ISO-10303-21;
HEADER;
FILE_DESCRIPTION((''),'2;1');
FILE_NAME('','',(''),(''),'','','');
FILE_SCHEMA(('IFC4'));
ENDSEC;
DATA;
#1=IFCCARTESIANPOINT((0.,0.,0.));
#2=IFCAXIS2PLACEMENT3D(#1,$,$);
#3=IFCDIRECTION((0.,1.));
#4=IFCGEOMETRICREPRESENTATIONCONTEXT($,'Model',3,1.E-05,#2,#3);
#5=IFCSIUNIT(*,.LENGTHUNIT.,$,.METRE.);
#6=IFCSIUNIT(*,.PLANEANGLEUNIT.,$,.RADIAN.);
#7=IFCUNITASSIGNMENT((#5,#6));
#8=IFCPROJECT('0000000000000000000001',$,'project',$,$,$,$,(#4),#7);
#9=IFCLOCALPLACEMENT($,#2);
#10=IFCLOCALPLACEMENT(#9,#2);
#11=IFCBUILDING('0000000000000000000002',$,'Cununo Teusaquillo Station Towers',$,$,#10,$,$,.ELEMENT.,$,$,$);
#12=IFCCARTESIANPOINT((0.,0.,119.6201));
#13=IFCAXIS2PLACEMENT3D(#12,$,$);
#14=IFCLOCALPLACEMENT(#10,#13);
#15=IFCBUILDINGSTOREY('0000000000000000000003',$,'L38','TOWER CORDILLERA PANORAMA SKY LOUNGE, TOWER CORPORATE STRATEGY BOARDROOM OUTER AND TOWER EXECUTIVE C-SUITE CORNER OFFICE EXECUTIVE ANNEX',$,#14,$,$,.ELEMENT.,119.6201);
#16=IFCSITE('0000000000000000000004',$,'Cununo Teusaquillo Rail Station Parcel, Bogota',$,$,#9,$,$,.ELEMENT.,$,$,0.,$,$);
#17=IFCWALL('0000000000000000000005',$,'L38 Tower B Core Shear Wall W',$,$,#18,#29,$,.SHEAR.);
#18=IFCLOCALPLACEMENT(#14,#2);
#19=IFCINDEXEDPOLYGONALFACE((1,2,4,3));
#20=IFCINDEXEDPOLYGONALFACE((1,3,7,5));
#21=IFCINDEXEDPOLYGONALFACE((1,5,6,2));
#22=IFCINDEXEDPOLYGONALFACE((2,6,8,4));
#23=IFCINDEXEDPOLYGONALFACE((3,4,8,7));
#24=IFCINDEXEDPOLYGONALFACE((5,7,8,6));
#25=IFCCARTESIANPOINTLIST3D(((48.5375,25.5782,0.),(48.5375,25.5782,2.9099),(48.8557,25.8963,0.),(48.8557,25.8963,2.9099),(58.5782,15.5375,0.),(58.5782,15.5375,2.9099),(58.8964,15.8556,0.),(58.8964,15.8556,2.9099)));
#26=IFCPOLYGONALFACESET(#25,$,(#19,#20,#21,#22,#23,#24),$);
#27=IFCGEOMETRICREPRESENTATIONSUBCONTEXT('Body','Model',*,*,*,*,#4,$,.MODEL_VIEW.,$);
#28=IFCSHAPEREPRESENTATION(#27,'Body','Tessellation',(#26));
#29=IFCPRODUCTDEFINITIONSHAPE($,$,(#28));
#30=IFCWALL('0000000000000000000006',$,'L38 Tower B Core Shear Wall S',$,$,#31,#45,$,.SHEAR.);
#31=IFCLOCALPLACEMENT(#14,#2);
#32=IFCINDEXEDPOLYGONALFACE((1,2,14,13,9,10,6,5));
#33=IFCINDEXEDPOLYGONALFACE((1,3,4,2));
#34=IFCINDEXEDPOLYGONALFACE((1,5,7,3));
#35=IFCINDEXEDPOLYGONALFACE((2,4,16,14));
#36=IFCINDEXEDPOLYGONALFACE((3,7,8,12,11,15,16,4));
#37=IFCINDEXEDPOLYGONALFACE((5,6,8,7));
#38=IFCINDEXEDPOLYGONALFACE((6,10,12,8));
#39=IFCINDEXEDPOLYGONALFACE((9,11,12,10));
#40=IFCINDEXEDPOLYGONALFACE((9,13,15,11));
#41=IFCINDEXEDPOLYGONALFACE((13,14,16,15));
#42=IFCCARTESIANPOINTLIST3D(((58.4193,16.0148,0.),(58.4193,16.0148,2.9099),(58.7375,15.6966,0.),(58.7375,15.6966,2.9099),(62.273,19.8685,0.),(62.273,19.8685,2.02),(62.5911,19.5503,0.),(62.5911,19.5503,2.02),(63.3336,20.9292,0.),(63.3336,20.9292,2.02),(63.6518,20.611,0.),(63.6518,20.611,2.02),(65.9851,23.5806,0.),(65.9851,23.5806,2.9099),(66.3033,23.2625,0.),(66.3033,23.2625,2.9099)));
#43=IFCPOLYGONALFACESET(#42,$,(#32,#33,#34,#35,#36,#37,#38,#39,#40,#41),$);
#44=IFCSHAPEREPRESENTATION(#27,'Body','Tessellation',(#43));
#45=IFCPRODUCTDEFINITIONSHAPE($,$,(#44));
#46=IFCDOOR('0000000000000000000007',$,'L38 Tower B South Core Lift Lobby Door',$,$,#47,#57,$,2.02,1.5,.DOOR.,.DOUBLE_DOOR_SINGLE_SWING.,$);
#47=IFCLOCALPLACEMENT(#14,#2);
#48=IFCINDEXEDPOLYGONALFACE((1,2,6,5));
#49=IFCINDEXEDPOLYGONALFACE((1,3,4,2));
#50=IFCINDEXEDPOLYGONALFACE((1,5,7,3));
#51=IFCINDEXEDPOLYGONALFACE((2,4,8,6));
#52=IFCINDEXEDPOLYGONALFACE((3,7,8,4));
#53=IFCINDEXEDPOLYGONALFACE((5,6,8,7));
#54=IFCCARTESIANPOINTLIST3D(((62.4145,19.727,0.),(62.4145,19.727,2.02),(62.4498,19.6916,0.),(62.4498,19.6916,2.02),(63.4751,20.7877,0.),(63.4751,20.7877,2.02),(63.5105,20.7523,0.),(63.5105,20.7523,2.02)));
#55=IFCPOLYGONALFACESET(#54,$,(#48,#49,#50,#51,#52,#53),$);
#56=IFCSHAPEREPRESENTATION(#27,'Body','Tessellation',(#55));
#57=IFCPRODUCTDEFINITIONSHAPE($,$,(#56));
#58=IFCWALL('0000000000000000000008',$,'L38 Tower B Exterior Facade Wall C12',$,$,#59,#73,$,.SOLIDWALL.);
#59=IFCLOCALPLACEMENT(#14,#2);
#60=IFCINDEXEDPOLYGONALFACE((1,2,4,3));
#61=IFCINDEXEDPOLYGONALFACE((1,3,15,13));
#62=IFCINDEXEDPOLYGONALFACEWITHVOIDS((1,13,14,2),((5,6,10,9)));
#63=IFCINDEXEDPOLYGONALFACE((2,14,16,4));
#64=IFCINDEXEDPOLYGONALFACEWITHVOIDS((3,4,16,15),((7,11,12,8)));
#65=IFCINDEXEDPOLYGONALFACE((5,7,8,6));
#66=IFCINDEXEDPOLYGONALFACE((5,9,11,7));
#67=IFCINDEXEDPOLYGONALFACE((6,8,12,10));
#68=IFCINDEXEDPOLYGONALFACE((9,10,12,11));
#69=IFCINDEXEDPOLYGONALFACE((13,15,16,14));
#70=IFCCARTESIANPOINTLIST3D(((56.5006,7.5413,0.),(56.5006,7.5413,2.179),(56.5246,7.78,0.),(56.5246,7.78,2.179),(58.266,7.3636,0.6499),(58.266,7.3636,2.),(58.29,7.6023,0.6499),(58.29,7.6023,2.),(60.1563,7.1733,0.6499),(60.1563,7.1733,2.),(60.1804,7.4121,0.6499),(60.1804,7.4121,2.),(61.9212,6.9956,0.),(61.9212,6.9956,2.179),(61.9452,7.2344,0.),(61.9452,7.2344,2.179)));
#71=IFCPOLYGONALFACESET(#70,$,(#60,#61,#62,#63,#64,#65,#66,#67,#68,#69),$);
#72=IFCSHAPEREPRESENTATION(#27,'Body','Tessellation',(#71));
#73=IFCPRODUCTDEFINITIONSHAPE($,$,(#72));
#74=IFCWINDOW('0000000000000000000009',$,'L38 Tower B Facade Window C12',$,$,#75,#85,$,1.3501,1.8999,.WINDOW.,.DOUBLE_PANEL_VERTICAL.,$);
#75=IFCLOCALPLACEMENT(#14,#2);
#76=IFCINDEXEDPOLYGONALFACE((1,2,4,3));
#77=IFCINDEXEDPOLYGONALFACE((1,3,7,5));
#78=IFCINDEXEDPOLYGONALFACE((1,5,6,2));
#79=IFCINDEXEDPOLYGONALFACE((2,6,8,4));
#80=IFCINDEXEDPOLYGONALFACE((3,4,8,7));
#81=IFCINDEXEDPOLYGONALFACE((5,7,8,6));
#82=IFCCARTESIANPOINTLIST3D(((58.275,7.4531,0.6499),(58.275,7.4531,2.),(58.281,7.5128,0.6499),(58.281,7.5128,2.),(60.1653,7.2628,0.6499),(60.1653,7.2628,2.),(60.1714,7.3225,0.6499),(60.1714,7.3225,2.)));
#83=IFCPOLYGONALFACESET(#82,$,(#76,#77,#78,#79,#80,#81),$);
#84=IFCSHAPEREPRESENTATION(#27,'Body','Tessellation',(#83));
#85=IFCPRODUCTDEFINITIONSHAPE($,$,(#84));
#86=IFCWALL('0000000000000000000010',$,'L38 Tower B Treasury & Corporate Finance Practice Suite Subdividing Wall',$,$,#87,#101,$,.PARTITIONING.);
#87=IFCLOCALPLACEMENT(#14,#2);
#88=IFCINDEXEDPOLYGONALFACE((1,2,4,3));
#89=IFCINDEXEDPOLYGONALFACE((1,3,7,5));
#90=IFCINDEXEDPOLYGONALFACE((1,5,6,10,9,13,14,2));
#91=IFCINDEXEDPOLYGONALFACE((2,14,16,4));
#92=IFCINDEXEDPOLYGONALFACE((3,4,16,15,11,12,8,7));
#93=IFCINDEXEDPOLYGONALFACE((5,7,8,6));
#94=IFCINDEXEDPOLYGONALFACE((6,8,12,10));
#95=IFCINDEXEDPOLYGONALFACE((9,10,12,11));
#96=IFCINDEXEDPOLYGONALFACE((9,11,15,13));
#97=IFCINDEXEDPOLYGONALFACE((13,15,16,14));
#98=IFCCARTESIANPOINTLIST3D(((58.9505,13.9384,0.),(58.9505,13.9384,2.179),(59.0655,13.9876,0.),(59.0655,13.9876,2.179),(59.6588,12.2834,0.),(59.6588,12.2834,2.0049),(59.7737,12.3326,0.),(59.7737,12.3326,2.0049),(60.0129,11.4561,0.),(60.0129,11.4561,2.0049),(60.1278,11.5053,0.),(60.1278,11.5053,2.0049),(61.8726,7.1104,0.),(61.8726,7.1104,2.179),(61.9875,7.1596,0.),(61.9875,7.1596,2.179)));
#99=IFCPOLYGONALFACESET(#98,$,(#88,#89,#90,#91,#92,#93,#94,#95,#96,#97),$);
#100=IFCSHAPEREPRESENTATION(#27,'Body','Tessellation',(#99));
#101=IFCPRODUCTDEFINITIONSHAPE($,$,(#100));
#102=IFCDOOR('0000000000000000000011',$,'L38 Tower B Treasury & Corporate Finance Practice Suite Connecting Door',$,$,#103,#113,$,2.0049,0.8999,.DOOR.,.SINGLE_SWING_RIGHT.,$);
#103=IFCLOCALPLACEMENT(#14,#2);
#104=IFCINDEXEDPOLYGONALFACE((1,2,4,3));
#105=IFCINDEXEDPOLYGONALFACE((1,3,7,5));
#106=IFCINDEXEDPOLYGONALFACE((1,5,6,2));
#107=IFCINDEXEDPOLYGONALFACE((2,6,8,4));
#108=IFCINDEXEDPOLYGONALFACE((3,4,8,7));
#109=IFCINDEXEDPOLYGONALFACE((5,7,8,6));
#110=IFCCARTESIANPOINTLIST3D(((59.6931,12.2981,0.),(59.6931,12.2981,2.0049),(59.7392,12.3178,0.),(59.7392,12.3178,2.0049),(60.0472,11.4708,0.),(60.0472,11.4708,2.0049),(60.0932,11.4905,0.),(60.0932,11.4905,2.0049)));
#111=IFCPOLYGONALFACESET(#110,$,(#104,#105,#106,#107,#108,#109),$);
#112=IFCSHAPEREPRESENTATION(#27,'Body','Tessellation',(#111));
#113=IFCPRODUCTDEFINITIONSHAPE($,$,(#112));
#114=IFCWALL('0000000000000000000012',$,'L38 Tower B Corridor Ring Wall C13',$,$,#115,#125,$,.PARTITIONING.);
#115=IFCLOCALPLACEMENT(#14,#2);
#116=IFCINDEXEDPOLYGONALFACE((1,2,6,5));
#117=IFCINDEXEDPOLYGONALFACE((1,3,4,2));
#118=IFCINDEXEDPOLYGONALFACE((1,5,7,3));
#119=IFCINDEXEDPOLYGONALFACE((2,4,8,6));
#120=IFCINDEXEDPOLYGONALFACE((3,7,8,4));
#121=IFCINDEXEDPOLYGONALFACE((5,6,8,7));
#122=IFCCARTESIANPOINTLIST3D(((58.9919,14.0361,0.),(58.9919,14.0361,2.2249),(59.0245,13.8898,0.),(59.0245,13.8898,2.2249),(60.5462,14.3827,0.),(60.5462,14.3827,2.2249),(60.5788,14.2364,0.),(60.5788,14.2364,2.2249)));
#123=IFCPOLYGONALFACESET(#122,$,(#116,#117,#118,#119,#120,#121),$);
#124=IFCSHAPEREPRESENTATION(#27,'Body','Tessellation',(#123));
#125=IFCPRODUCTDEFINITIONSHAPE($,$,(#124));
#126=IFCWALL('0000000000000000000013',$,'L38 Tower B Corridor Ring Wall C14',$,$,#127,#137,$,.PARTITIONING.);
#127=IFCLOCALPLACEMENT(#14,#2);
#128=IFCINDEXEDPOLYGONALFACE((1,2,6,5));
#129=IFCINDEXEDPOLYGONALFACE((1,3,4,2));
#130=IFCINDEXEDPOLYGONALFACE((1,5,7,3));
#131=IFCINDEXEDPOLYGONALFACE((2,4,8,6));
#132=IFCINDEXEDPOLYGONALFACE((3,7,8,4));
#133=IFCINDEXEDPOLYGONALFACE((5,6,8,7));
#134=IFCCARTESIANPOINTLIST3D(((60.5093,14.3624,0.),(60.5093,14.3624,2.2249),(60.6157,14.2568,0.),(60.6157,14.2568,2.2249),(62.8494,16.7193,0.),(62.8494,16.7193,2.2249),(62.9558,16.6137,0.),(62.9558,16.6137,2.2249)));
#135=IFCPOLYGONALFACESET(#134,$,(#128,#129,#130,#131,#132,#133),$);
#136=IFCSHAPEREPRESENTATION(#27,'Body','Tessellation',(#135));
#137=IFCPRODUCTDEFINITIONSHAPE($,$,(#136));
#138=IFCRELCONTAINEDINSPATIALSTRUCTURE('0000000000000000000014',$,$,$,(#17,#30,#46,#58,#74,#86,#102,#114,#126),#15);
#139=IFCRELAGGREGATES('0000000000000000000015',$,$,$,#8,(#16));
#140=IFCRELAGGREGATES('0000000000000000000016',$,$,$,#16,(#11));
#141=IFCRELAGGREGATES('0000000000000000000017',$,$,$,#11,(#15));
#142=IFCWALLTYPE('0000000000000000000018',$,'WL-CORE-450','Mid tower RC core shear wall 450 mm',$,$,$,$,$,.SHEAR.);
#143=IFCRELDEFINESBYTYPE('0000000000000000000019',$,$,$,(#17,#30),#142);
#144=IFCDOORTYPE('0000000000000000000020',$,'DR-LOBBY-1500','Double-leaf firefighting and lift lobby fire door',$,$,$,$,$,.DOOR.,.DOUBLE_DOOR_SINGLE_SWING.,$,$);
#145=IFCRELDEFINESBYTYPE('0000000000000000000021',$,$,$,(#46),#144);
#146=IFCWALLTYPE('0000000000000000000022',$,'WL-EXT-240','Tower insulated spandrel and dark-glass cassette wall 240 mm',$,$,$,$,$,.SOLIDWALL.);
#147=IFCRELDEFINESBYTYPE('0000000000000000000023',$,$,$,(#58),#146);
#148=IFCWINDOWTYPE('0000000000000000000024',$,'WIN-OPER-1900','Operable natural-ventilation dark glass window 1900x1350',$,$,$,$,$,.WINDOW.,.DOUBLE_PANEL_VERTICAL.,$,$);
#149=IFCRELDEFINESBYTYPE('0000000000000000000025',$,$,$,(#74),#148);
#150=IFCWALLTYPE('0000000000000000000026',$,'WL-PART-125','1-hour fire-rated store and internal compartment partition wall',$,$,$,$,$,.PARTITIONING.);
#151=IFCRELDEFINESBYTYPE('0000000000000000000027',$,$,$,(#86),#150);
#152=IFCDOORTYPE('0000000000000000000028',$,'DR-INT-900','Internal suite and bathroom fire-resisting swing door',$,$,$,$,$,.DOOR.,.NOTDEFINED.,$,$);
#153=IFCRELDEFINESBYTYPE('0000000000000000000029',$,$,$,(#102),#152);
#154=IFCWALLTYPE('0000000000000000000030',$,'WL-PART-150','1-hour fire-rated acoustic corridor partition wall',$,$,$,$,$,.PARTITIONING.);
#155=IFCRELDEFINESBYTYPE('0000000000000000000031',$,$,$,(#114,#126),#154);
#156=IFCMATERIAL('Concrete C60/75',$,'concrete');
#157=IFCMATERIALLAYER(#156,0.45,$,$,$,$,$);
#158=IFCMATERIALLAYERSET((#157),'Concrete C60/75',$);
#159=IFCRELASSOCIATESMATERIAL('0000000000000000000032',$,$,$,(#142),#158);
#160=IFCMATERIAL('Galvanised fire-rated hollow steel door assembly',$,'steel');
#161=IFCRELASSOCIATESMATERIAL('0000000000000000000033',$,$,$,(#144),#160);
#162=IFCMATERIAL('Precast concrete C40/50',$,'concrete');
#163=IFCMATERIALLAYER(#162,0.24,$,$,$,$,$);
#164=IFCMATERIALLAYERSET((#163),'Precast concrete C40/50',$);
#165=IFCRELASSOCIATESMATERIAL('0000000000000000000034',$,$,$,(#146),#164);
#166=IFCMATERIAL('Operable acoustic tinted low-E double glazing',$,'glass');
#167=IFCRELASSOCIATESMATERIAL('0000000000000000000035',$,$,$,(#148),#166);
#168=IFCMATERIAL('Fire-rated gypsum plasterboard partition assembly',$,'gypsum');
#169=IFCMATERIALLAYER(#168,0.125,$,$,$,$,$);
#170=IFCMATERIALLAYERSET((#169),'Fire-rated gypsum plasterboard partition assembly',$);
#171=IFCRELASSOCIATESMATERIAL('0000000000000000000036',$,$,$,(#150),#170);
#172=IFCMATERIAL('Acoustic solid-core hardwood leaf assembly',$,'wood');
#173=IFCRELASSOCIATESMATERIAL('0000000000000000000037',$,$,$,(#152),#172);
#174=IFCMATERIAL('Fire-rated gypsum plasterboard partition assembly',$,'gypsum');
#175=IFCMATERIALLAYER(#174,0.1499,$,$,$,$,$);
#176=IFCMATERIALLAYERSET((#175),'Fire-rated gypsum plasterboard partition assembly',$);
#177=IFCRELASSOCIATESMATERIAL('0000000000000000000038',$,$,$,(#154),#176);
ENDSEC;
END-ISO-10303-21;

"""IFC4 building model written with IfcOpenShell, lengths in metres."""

from ifc_helpers import new_model, si_unit, direction, frame, frame_2d, origin, place, context, subcontext, project, spatial, rectangle, extrude, source, transform, mapped, material, layer, layer_set, type_object, element, fill, save


model = new_model("IFC4")

# Units and contexts
model_context = context("Model", 3, precision=1e-05, world=origin(), true_north=direction((0.0, 1.0)))
body_context = subcontext(model_context, "Body", "Model", "MODEL_VIEW")
ifc_project = project(units=[si_unit("LENGTHUNIT", "METRE"), si_unit("PLANEANGLEUNIT", "RADIAN")], contexts=[model_context])

# Site, building, storey
site_placement = place(None, origin())
site = spatial("IfcSite", under=ifc_project, at=site_placement, Name="Cununo Teusaquillo Rail Station Parcel, Bogota", CompositionType="ELEMENT", RefElevation=0.0)
building_placement = place(site_placement, origin())
building = spatial("IfcBuilding", under=site, at=building_placement, Name="Cununo Teusaquillo Station Towers", CompositionType="ELEMENT")
storey_placement = place(building_placement, frame((0.0, 0.0, 119.6201)))
storey = spatial("IfcBuildingStorey", under=building, at=storey_placement, Name="L38", Description="TOWER CORDILLERA PANORAMA SKY LOUNGE, TOWER CORPORATE STRATEGY BOARDROOM OUTER AND TOWER EXECUTIVE C-SUITE CORNER OFFICE EXECUTIVE ANNEX", CompositionType="ELEMENT", Elevation=119.6201)

# Wall
ifc_material_1 = material(Name="Concrete C60/75", Category="concrete")
ifc_layer_1 = layer(ifc_material_1, 0.45)
ifc_layer_set_1 = layer_set([ifc_layer_1], Name="Concrete C60/75")
wall_type_1 = type_object("IfcWallType", Name="WL-CORE-450", Description="Mid tower RC core shear wall 450 mm", PredefinedType="SHEAR", material=ifc_layer_set_1)
wall_1_placement = place(storey_placement, frame((58.7373, 15.6965, 0.0), z_axis=(0.0, 0.0, 1.0), x_axis=(-0.707107, 0.707107, 0.0)))
element("IfcWall", 1, at=wall_1_placement, inside=storey, type_object=wall_type_1, Name="L38 Tower B Core Shear Wall W", PredefinedType="SHEAR", context=body_context, shape_type="SweptSolid", body=[
    extrude(rectangle(XDim=14.1997, YDim=0.45, at=frame_2d((7.0999, 0.0))), origin(), (0.0, 0.0, 1.0), 2.9099),
])

# Wall, opening, door
wall_2_placement = place(storey_placement, frame((58.5784, 15.8557, 0.0), z_axis=(0.0, 0.0, 1.0), x_axis=(0.707107, 0.707107, 0.0)))
wall_2 = element("IfcWall", 2, at=wall_2_placement, inside=storey, type_object=wall_type_1, Name="L38 Tower B Core Shear Wall S", PredefinedType="SHEAR", context=body_context, shape_type="SweptSolid", body=[
    extrude(rectangle(XDim=10.6997, YDim=0.45, at=frame_2d((5.3499, 0.0))), origin(), (0.0, 0.0, 1.0), 2.9099),
])
shared_shape_1 = source(origin(), body_context, "Body", "SweptSolid", [
    extrude(rectangle(XDim=1.5, YDim=2.02, at=frame_2d((0.75, 1.01))), frame((0.0, 0.2349, 0.0), z_axis=(0.0, -1.0, 0.0), x_axis=(1.0, 0.0, 0.0)), (0.0, 0.0, 1.0), 0.47),
])
opening_1_placement = place(wall_2_placement, frame((5.45, 0.0, 0.0)))
opening_1 = element("IfcOpeningElement", 3, at=opening_1_placement, cuts=wall_2, PredefinedType="OPENING", context=body_context, shape_type="MappedRepresentation", body=[
    mapped(shared_shape_1, transform((0.0, 0.0, 0.0), x_axis=(1.0, 0.0, 0.0), y_axis=(0.0, 1.0, 0.0), z_axis=(0.0, 0.0, 1.0), scale=1.0)),
])
ifc_material_2 = material(Name="Galvanised fire-rated hollow steel door assembly", Category="steel")
door_type_1 = type_object("IfcDoorType", Name="DR-LOBBY-1500", Description="Double-leaf firefighting and lift lobby fire door", OperationType="DOUBLE_DOOR_SINGLE_SWING", PredefinedType="DOOR", material=ifc_material_2)
shared_shape_2 = source(origin(), body_context, "Body", "SweptSolid", [
    extrude(rectangle(XDim=1.5, YDim=2.02, at=frame_2d((0.75, 1.01))), frame((0.0, 0.0249, 0.0), z_axis=(0.0, -1.0, 0.0), x_axis=(1.0, 0.0, 0.0)), (0.0, 0.0, 1.0), 0.05),
])
door_1_placement = place(opening_1_placement, origin())
door_1 = element("IfcDoor", 4, at=door_1_placement, inside=storey, type_object=door_type_1, Name="L38 Tower B South Core Lift Lobby Door", OperationType="DOUBLE_DOOR_SINGLE_SWING", OverallHeight=2.02, OverallWidth=1.5, PredefinedType="DOOR", context=body_context, shape_type="MappedRepresentation", body=[
    mapped(shared_shape_2, transform((0.0, 0.0, 0.0), x_axis=(1.0, 0.0, 0.0), y_axis=(0.0, 1.0, 0.0), z_axis=(0.0, 0.0, 1.0), scale=1.0)),
])
fill(opening_1, door_1)

# Wall, opening, window
ifc_material_3 = material(Name="Precast concrete C40/50", Category="concrete")
ifc_layer_2 = layer(ifc_material_3, 0.24)
ifc_layer_set_2 = layer_set([ifc_layer_2], Name="Precast concrete C40/50")
wall_type_2 = type_object("IfcWallType", Name="WL-EXT-240", Description="Tower insulated spandrel and dark-glass cassette wall 240 mm", PredefinedType="SOLIDWALL", material=ifc_layer_set_2)
wall_3_placement = place(storey_placement, frame((61.9333, 7.115, 0.0), z_axis=(0.0, 0.0, 1.0), x_axis=(-0.994972, 0.100156, 0.0)))
wall_3 = element("IfcWall", 5, at=wall_3_placement, inside=storey, type_object=wall_type_2, Name="L38 Tower B Exterior Facade Wall C12", PredefinedType="SOLIDWALL", context=body_context, shape_type="SweptSolid", body=[
    extrude(rectangle(XDim=5.448, YDim=0.24, at=frame_2d((2.7241, 0.0))), origin(), (0.0, 0.0, 1.0), 2.179),
])
shared_shape_3 = source(origin(), body_context, "Body", "SweptSolid", [
    extrude(rectangle(XDim=1.8999, YDim=1.3501, at=frame_2d((0.95, 0.675))), frame((0.0, 0.1299, 0.0), z_axis=(0.0, -1.0, 0.0), x_axis=(1.0, 0.0, 0.0)), (0.0, 0.0, 1.0), 0.26),
])
opening_2_placement = place(wall_3_placement, frame((1.7739, 0.0, 0.6499)))
opening_2 = element("IfcOpeningElement", 6, at=opening_2_placement, cuts=wall_3, PredefinedType="OPENING", context=body_context, shape_type="MappedRepresentation", body=[
    mapped(shared_shape_3, transform((0.0, 0.0, 0.0), x_axis=(1.0, 0.0, 0.0), y_axis=(0.0, 1.0, 0.0), z_axis=(0.0, 0.0, 1.0), scale=1.0)),
])
ifc_material_4 = material(Name="Operable acoustic tinted low-E double glazing", Category="glass")
window_type = type_object("IfcWindowType", Name="WIN-OPER-1900", Description="Operable natural-ventilation dark glass window 1900x1350", PartitioningType="DOUBLE_PANEL_VERTICAL", PredefinedType="WINDOW", material=ifc_material_4)
shared_shape_4 = source(origin(), body_context, "Body", "SweptSolid", [
    extrude(rectangle(XDim=1.8999, YDim=1.3501, at=frame_2d((0.95, 0.675))), frame((0.0, 0.03, 0.0), z_axis=(0.0, -1.0, 0.0), x_axis=(1.0, 0.0, 0.0)), (0.0, 0.0, 1.0), 0.0601),
])
window_placement = place(opening_2_placement, origin())
window = element("IfcWindow", 7, at=window_placement, inside=storey, type_object=window_type, Name="L38 Tower B Facade Window C12", OverallHeight=1.3501, OverallWidth=1.8999, PartitioningType="DOUBLE_PANEL_VERTICAL", PredefinedType="WINDOW", context=body_context, shape_type="MappedRepresentation", body=[
    mapped(shared_shape_4, transform((0.0, 0.0, 0.0), x_axis=(1.0, 0.0, 0.0), y_axis=(0.0, 1.0, 0.0), z_axis=(0.0, 0.0, 1.0), scale=1.0)),
])
fill(opening_2, window)

# Wall, opening, door
ifc_material_5 = material(Name="Fire-rated gypsum plasterboard partition assembly", Category="gypsum")
ifc_layer_3 = layer(ifc_material_5, 0.125)
ifc_layer_set_3 = layer_set([ifc_layer_3], Name="Fire-rated gypsum plasterboard partition assembly")
wall_type_3 = type_object("IfcWallType", Name="WL-PART-125", Description="1-hour fire-rated store and internal compartment partition wall", PredefinedType="PARTITIONING", material=ifc_layer_set_3)
wall_4_placement = place(storey_placement, frame((59.0081, 13.9629, 0.0), z_axis=(0.0, 0.0, 1.0), x_axis=(0.393439, -0.919351, 0.0)))
wall_4 = element("IfcWall", 8, at=wall_4_placement, inside=storey, type_object=wall_type_3, Name="L38 Tower B Treasury & Corporate Finance Practice Suite Subdividing Wall", PredefinedType="PARTITIONING", context=body_context, shape_type="SweptSolid", body=[
    extrude(rectangle(XDim=7.427, YDim=0.125, at=frame_2d((3.7134, 0.0))), origin(), (0.0, 0.0, 1.0), 2.179),
])
shared_shape_5 = source(origin(), body_context, "Body", "SweptSolid", [
    extrude(rectangle(XDim=0.8999, YDim=2.0049, at=frame_2d((0.45, 1.0024))), frame((0.0, 0.0725, 0.0), z_axis=(0.0, -1.0, 0.0), x_axis=(1.0, 0.0, 0.0)), (0.0, 0.0, 1.0), 0.145),
])
opening_3_placement = place(wall_4_placement, frame((1.8, 0.0, 0.0)))
opening_3 = element("IfcOpeningElement", 9, at=opening_3_placement, cuts=wall_4, PredefinedType="OPENING", context=body_context, shape_type="MappedRepresentation", body=[
    mapped(shared_shape_5, transform((0.0, 0.0, 0.0), x_axis=(1.0, 0.0, 0.0), y_axis=(0.0, 1.0, 0.0), z_axis=(0.0, 0.0, 1.0), scale=1.0)),
])
ifc_material_6 = material(Name="Acoustic solid-core hardwood leaf assembly", Category="wood")
door_type_2 = type_object("IfcDoorType", Name="DR-INT-900", Description="Internal suite and bathroom fire-resisting swing door", OperationType="NOTDEFINED", PredefinedType="DOOR", material=ifc_material_6)
shared_shape_6 = source(origin(), body_context, "Body", "SweptSolid", [
    extrude(rectangle(XDim=0.8999, YDim=2.0049, at=frame_2d((0.45, 1.0024))), frame((0.0, 0.0249, 0.0), z_axis=(0.0, -1.0, 0.0), x_axis=(1.0, 0.0, 0.0)), (0.0, 0.0, 1.0), 0.05),
])
door_2_placement = place(opening_3_placement, origin())
door_2 = element("IfcDoor", 10, at=door_2_placement, inside=storey, type_object=door_type_2, Name="L38 Tower B Treasury & Corporate Finance Practice Suite Connecting Door", OperationType="SINGLE_SWING_RIGHT", OverallHeight=2.0049, OverallWidth=0.8999, PredefinedType="DOOR", context=body_context, shape_type="MappedRepresentation", body=[
    mapped(shared_shape_6, transform((0.0, 0.0, 0.0), x_axis=(1.0, 0.0, 0.0), y_axis=(0.0, 1.0, 0.0), z_axis=(0.0, 0.0, 1.0), scale=1.0)),
])
fill(opening_3, door_2)

# Walls
ifc_material_7 = material(Name="Fire-rated gypsum plasterboard partition assembly", Category="gypsum")
ifc_layer_4 = layer(ifc_material_7, 0.1499)
ifc_layer_set_4 = layer_set([ifc_layer_4], Name="Fire-rated gypsum plasterboard partition assembly")
wall_type_4 = type_object("IfcWallType", Name="WL-PART-150", Description="1-hour fire-rated acoustic corridor partition wall", PredefinedType="PARTITIONING", material=ifc_layer_set_4)
wall_5_placement = place(storey_placement, frame((59.0081, 13.9629, 0.0), z_axis=(0.0, 0.0, 1.0), x_axis=(0.976021, 0.217677, 0.0)))
element("IfcWall", 11, at=wall_5_placement, inside=storey, type_object=wall_type_4, Name="L38 Tower B Corridor Ring Wall C13", PredefinedType="PARTITIONING", context=body_context, shape_type="SweptSolid", body=[
    extrude(rectangle(XDim=1.5925, YDim=0.1499, at=frame_2d((0.7964, 0.0))), origin(), (0.0, 0.0, 1.0), 2.2249),
])
wall_6_placement = place(storey_placement, frame((60.5625, 14.3096, 0.0), z_axis=(0.0, 0.0, 1.0), x_axis=(0.704566, 0.709638, 0.0)))
element("IfcWall", 12, at=wall_6_placement, inside=storey, type_object=wall_type_4, Name="L38 Tower B Corridor Ring Wall C14", PredefinedType="PARTITIONING", context=body_context, shape_type="SweptSolid", body=[
    extrude(rectangle(XDim=3.3213, YDim=0.1499, at=frame_2d((1.6606, 0.0))), origin(), (0.0, 0.0, 1.0), 2.2249),
])

save(model, "model.ifc")
